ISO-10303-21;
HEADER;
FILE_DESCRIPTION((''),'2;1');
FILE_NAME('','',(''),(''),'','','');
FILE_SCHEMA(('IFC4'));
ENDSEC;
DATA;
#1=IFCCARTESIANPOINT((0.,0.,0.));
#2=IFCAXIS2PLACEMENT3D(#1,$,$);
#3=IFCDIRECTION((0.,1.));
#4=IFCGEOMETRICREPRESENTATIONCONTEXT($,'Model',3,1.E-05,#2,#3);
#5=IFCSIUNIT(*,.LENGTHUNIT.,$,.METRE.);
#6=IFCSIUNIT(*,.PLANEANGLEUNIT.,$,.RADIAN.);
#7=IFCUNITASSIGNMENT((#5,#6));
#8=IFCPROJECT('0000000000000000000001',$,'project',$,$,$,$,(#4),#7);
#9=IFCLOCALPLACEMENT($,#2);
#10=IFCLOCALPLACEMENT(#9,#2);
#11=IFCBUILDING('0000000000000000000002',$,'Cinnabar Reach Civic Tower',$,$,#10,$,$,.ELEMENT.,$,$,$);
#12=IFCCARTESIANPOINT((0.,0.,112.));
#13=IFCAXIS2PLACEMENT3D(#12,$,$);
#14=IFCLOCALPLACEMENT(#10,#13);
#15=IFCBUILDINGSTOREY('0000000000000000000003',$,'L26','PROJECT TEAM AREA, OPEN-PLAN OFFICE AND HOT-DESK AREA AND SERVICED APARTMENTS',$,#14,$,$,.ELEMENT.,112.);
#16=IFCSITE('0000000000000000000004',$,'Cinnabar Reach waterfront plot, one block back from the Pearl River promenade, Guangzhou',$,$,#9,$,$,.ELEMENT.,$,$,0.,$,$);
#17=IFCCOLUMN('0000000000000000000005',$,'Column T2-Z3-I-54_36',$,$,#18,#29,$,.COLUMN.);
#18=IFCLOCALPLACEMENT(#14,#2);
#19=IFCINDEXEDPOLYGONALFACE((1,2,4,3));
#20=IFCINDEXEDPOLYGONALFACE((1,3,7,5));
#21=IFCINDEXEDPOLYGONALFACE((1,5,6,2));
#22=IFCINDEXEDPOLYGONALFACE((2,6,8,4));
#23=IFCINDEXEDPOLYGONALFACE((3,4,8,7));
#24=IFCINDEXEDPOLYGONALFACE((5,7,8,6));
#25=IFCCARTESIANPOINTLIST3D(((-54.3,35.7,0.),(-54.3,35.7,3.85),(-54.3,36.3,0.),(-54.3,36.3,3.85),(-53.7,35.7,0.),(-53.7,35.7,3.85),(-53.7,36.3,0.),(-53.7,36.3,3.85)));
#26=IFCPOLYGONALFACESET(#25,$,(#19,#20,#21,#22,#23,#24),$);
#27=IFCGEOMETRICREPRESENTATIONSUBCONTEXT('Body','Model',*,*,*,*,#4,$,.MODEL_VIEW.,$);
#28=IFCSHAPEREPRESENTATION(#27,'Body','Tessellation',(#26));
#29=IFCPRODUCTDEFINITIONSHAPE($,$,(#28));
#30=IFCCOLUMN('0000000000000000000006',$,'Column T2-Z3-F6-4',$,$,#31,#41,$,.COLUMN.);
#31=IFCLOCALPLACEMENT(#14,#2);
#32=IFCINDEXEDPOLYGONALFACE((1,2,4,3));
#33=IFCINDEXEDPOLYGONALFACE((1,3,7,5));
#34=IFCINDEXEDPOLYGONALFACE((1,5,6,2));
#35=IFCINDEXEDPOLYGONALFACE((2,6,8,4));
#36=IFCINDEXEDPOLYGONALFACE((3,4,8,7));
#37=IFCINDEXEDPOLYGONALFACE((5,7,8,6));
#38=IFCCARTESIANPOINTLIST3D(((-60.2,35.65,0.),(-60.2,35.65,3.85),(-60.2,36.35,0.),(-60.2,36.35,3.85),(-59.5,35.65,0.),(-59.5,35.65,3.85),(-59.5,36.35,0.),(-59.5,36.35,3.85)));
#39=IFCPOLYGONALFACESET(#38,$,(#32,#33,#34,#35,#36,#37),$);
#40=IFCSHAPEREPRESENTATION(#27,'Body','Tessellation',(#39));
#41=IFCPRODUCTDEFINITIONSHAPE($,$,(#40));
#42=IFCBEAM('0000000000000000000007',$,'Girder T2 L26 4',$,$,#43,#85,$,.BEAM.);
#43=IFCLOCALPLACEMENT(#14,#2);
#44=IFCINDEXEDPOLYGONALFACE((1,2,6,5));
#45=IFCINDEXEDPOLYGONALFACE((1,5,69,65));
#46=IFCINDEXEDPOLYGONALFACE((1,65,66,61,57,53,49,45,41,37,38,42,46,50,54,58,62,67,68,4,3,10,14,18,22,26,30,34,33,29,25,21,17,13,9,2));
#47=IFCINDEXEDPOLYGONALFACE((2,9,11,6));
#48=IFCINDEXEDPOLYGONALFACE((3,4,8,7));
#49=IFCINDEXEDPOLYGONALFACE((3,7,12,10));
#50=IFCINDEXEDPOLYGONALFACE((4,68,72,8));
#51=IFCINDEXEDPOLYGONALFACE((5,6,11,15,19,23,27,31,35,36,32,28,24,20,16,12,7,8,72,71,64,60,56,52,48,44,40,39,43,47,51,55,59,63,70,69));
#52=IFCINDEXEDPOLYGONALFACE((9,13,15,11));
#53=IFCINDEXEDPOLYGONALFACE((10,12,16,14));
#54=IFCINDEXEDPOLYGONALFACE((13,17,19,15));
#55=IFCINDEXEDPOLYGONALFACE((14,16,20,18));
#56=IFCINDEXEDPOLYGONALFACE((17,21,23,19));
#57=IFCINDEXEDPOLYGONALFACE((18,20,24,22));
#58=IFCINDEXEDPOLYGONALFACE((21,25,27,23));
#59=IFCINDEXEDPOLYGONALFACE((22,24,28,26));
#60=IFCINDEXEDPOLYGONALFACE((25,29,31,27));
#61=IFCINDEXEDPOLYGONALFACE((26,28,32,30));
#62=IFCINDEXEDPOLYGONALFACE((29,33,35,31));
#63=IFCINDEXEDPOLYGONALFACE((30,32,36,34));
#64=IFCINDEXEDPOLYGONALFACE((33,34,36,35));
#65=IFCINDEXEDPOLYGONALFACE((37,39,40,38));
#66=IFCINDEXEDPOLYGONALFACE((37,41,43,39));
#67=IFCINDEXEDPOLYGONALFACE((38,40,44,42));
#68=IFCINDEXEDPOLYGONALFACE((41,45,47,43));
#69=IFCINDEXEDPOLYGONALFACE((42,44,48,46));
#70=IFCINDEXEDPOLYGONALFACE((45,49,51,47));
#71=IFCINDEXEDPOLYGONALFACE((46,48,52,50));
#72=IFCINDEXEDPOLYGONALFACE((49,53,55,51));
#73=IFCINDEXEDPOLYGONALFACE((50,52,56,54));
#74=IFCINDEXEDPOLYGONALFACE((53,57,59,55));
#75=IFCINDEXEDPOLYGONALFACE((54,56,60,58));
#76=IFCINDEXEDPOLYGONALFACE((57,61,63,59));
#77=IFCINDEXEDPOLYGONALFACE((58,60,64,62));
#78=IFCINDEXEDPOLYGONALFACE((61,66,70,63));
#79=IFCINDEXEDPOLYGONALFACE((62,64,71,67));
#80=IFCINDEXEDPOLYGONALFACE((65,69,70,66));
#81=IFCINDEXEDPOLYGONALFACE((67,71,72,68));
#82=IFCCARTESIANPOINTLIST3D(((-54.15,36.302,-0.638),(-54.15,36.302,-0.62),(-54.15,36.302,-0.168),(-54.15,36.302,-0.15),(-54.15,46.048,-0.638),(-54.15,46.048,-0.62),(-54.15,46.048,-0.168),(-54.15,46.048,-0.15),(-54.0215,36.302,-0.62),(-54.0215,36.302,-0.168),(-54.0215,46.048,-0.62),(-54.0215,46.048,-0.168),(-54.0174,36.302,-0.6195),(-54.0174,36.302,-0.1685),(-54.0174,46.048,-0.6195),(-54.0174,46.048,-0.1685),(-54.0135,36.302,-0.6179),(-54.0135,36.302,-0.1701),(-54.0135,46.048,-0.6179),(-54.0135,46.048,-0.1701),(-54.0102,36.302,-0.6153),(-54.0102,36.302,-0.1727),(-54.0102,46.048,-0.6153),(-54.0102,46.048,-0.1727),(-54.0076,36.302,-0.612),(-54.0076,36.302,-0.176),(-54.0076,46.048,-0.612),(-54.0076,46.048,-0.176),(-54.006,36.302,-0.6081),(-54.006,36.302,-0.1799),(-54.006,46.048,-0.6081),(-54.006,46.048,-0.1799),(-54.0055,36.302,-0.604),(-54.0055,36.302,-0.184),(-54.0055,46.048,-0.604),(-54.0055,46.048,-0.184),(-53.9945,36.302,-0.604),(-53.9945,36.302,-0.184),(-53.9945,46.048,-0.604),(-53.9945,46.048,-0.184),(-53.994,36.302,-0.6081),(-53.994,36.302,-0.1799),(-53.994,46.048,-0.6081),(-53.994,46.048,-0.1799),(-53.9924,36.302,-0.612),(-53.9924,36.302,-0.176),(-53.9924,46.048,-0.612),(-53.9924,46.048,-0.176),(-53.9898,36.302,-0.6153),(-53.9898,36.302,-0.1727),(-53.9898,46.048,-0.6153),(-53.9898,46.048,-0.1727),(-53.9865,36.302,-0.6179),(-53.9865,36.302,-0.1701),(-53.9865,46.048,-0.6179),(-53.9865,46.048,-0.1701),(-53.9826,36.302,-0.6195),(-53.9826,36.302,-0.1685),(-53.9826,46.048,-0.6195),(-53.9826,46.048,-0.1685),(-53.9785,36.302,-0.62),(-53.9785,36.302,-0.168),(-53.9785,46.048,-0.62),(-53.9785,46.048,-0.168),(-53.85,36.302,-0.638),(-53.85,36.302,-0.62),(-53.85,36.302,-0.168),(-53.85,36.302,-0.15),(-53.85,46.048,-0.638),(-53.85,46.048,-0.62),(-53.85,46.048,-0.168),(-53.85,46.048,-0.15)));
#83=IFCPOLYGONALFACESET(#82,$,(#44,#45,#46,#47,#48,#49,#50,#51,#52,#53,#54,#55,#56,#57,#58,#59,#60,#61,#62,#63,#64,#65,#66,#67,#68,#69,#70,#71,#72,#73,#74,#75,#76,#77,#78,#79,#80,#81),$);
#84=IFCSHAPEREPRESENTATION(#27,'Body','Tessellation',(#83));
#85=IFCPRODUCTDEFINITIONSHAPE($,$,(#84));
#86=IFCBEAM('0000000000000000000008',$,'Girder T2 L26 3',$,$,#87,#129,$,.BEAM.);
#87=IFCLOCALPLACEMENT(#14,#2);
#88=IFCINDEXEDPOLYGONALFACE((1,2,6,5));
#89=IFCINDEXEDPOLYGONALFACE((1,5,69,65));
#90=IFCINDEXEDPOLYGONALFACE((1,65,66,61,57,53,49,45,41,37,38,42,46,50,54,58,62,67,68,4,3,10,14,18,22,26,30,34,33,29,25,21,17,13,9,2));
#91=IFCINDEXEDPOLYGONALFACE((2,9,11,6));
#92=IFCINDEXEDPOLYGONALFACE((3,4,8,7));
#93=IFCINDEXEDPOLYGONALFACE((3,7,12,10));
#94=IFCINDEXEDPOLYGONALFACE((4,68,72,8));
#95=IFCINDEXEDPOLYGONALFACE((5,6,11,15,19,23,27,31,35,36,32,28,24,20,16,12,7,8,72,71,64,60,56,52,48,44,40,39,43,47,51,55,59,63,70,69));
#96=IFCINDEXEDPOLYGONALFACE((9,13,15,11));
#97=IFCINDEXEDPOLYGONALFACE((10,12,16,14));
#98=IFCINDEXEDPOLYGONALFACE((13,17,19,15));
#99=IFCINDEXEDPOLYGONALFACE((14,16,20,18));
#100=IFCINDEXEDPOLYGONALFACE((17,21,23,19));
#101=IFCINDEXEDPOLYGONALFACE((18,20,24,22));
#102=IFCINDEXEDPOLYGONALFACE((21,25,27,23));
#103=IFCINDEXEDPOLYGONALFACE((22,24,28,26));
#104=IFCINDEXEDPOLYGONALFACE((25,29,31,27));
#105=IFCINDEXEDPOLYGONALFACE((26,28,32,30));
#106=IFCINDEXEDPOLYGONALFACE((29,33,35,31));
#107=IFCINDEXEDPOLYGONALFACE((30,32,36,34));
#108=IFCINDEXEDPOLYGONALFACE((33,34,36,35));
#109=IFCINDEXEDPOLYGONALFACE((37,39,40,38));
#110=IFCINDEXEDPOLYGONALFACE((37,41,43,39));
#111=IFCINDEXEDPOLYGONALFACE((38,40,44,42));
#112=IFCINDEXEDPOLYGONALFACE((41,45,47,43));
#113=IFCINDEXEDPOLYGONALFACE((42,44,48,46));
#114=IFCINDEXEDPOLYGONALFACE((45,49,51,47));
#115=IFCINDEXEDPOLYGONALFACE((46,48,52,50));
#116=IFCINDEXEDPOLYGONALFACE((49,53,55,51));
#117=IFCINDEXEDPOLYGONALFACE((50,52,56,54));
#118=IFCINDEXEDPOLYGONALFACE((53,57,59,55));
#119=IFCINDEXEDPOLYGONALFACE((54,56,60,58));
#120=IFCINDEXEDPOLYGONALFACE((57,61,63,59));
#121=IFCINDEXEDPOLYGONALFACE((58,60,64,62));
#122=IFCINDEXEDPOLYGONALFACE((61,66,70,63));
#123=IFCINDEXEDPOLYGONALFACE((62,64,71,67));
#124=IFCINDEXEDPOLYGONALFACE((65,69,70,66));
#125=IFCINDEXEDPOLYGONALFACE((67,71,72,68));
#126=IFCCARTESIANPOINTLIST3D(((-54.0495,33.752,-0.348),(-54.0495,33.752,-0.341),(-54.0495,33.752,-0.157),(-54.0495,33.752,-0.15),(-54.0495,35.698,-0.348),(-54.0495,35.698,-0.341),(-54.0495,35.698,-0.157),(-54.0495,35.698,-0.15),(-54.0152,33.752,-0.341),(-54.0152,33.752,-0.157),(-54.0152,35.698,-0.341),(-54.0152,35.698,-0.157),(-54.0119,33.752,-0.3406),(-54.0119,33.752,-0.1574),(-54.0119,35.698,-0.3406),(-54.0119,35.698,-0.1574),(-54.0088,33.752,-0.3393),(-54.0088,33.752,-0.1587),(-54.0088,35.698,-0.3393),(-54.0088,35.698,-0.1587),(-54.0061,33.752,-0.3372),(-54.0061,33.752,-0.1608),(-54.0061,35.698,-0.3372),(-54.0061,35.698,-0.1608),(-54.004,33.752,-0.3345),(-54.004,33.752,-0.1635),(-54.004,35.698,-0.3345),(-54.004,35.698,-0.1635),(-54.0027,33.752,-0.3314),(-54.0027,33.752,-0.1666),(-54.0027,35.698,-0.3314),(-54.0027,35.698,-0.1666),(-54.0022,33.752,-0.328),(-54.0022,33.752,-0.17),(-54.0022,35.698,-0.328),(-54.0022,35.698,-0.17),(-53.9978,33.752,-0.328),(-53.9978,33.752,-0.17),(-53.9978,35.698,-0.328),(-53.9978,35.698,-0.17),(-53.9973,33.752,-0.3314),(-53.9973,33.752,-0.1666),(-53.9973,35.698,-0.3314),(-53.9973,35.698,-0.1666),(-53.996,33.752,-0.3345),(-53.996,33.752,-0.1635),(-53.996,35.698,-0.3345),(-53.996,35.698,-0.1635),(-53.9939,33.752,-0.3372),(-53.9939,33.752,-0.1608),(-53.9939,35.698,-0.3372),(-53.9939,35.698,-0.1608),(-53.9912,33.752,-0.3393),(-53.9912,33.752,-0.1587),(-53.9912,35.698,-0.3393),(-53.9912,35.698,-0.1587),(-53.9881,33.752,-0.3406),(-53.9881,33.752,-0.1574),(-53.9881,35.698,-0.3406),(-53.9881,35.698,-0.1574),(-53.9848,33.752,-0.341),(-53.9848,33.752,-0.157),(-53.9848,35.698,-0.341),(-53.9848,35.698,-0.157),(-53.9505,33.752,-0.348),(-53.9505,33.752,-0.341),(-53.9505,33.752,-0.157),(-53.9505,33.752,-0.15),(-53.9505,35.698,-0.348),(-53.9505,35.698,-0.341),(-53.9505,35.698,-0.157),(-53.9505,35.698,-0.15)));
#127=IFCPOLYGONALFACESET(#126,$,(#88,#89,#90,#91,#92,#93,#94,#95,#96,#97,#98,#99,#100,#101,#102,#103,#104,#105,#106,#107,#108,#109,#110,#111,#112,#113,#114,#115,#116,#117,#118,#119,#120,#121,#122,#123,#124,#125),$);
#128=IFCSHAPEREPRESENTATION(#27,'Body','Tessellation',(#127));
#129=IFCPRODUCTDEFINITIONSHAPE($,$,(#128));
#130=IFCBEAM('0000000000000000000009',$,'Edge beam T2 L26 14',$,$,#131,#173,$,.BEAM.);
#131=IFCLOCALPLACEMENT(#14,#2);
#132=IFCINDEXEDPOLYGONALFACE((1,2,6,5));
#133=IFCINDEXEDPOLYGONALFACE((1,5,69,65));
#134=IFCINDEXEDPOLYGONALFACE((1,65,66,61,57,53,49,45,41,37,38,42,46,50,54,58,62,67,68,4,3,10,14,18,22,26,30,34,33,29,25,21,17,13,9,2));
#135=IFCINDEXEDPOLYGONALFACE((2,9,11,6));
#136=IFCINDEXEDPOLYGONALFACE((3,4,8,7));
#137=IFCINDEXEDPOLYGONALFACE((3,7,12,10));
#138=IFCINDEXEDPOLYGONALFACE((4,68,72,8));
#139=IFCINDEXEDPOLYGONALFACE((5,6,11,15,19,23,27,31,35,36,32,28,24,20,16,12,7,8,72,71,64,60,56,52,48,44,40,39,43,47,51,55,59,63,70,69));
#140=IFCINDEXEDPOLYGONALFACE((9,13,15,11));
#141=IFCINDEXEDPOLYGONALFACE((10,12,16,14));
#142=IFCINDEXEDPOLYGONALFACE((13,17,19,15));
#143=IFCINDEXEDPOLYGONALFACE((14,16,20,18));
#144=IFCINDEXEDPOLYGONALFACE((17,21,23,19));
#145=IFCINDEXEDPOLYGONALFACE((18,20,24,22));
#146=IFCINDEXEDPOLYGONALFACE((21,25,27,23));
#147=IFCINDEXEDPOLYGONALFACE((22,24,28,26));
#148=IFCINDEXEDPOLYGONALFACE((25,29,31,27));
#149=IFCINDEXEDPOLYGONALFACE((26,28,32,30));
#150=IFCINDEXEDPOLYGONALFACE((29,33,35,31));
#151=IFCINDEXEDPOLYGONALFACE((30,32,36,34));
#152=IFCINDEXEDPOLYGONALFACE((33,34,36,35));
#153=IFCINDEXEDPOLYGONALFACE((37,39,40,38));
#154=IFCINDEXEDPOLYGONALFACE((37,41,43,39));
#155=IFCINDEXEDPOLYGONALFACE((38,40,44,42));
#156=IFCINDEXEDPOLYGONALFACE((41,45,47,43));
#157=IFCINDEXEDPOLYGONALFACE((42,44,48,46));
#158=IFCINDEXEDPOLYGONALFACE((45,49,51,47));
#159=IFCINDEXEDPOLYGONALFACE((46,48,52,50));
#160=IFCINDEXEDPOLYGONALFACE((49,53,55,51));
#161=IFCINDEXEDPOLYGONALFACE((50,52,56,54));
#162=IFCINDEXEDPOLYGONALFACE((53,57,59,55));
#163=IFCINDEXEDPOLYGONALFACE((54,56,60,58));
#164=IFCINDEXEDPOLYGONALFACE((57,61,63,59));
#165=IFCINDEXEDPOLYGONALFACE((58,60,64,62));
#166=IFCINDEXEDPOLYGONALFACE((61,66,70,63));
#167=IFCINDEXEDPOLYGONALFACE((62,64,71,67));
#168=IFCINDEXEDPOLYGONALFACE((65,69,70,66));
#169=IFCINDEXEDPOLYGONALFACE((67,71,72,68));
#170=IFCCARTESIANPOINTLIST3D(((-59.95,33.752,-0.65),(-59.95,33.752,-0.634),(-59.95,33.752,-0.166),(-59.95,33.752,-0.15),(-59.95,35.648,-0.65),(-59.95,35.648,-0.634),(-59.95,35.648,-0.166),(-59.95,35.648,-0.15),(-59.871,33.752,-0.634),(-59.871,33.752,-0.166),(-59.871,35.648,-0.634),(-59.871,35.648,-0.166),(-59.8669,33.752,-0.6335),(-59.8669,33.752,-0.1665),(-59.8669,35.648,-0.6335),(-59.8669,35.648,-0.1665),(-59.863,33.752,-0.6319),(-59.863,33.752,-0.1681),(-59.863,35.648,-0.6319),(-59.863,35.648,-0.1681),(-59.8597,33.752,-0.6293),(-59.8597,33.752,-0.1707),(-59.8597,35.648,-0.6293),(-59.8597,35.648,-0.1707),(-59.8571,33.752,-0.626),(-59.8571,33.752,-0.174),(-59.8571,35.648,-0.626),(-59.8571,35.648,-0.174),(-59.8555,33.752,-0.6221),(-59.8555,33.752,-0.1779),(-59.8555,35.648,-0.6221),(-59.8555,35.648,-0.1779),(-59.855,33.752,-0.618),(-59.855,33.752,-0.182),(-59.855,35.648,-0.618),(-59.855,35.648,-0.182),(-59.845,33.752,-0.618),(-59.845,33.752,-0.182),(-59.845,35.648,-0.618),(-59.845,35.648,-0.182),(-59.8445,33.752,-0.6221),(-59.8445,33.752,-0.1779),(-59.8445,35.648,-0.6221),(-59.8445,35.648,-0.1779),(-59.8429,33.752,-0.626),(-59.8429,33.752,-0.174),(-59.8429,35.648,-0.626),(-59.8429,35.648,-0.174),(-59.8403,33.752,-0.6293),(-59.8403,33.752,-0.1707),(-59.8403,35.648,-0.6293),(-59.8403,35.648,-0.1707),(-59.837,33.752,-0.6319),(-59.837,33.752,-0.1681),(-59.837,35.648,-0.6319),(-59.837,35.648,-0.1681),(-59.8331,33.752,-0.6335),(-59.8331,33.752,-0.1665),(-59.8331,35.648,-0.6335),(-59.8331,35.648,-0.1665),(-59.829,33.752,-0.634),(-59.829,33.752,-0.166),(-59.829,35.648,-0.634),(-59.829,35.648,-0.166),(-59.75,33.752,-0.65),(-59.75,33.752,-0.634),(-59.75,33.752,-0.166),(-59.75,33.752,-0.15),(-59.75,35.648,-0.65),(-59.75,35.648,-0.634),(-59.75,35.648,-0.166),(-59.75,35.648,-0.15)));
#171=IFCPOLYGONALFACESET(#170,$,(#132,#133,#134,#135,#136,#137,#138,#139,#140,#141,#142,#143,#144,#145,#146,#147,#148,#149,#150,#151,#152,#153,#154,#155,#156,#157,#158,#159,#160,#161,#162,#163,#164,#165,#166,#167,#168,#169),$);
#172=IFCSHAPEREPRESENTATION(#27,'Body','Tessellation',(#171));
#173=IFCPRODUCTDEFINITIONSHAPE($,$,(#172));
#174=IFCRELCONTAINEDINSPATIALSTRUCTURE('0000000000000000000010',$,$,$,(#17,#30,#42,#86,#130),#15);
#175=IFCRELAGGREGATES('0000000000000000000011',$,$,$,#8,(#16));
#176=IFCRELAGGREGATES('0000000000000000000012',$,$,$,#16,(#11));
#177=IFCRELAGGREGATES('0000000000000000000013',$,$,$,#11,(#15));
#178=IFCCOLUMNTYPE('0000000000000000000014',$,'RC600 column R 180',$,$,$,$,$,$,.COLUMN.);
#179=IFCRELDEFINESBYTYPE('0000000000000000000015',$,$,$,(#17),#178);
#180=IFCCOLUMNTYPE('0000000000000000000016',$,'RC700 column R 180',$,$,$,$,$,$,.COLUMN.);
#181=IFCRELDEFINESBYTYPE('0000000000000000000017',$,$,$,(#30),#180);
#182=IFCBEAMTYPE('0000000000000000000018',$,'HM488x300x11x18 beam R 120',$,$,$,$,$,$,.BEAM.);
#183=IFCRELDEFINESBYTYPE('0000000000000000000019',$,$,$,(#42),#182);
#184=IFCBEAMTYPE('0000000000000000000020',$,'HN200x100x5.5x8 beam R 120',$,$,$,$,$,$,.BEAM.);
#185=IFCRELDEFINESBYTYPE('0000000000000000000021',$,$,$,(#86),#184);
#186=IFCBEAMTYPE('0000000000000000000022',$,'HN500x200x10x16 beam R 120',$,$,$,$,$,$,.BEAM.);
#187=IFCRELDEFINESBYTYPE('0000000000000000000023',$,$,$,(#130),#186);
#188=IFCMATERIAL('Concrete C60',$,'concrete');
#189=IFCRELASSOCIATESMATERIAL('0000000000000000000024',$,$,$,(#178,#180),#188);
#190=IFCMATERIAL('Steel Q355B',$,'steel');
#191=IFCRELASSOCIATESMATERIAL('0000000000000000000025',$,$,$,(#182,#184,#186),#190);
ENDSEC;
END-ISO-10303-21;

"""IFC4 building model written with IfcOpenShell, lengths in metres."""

from ifc_helpers import new_model, si_unit, direction, frame, origin, origin_2d, place, context, subcontext, project, spatial, rectangle, i_section, extrude, material, material_profile, profile_set, type_object, element, save


model = new_model("IFC4")

# Units and contexts
model_context = context("Model", 3, precision=1e-05, world=origin(), true_north=direction((0.0, 1.0)))
body_context = subcontext(model_context, "Body", "Model", "MODEL_VIEW")
ifc_project = project(units=[si_unit("LENGTHUNIT", "METRE"), si_unit("PLANEANGLEUNIT", "RADIAN")], contexts=[model_context])

# Site, building, storey
site_placement = place(None, origin())
site = spatial("IfcSite", under=ifc_project, at=site_placement, Name="Cinnabar Reach waterfront plot, one block back from the Pearl River promenade, Guangzhou", CompositionType="ELEMENT", RefElevation=0.0)
building_placement = place(site_placement, origin())
building = spatial("IfcBuilding", under=site, at=building_placement, Name="Cinnabar Reach Civic Tower", CompositionType="ELEMENT")
storey_placement = place(building_placement, frame((0.0, 0.0, 112.0)))
storey = spatial("IfcBuildingStorey", under=building, at=storey_placement, Name="L26", Description="PROJECT TEAM AREA, OPEN-PLAN OFFICE AND HOT-DESK AREA AND SERVICED APARTMENTS", CompositionType="ELEMENT", Elevation=112.0)

# Columns
ifc_material_1 = material(Name="Concrete C60", Category="concrete")
ifc_material_profile_1 = material_profile(ifc_material_1, rectangle(XDim=0.6, YDim=0.6, at=origin_2d()), Name="RC600")
ifc_profile_set_1 = profile_set([ifc_material_profile_1], Name="Concrete C60")
column_type_1 = type_object("IfcColumnType", Name="RC600 column R 180", PredefinedType="COLUMN", material=ifc_profile_set_1)
column_1_placement = place(storey_placement, frame((-54.0, 36.0, 0.0), z_axis=(0.0, 0.0, 1.0), x_axis=(1.0, 0.0, 0.0)))
element("IfcColumn", 1, at=column_1_placement, inside=storey, type_object=column_type_1, Name="Column T2-Z3-I-54_36", PredefinedType="COLUMN", context=body_context, shape_type="SweptSolid", body=[
    extrude(rectangle(XDim=0.6, YDim=0.6, at=origin_2d()), origin(), (0.0, 0.0, 1.0), 3.85),
])
ifc_material_profile_2 = material_profile(ifc_material_1, rectangle(XDim=0.7, YDim=0.7, at=origin_2d()), Name="RC700")
ifc_profile_set_2 = profile_set([ifc_material_profile_2], Name="Concrete C60")
column_type_2 = type_object("IfcColumnType", Name="RC700 column R 180", PredefinedType="COLUMN", material=ifc_profile_set_2)
column_2_placement = place(storey_placement, frame((-59.85, 36.0, 0.0), z_axis=(0.0, 0.0, 1.0), x_axis=(1.0, 0.0, 0.0)))
element("IfcColumn", 2, at=column_2_placement, inside=storey, type_object=column_type_2, Name="Column T2-Z3-F6-4", PredefinedType="COLUMN", context=body_context, shape_type="SweptSolid", body=[
    extrude(rectangle(XDim=0.7, YDim=0.7, at=origin_2d()), origin(), (0.0, 0.0, 1.0), 3.85),
])

# Beams
ifc_material_2 = material(Name="Steel Q355B", Category="steel")
ifc_material_profile_3 = material_profile(ifc_material_2, i_section(OverallWidth=0.3, OverallDepth=0.488, WebThickness=0.011, FlangeThickness=0.018, FilletRadius=0.016, at=origin_2d()), Name="HM488x300x11x18")
ifc_profile_set_3 = profile_set([ifc_material_profile_3], Name="Steel Q355B")
beam_type_1 = type_object("IfcBeamType", Name="HM488x300x11x18 beam R 120", PredefinedType="BEAM", material=ifc_profile_set_3)
beam_1_placement = place(storey_placement, frame((-54.0, 36.302, -0.394), z_axis=(0.0, 1.0, 0.0), x_axis=(-1.0, 0.0, 0.0)))
element("IfcBeam", 3, at=beam_1_placement, inside=storey, type_object=beam_type_1, Name="Girder T2 L26 4", PredefinedType="BEAM", context=body_context, shape_type="SweptSolid", body=[
    extrude(i_section(OverallWidth=0.3, OverallDepth=0.488, WebThickness=0.011, FlangeThickness=0.018, FilletRadius=0.016, at=origin_2d()), origin(), (0.0, 0.0, 1.0), 9.746),
])
ifc_material_profile_4 = material_profile(ifc_material_2, i_section(OverallWidth=0.099, OverallDepth=0.198, WebThickness=0.0045, FlangeThickness=0.007, FilletRadius=0.013, at=origin_2d()), Name="HN200x100x5.5x8")
ifc_profile_set_4 = profile_set([ifc_material_profile_4], Name="Steel Q355B")
beam_type_2 = type_object("IfcBeamType", Name="HN200x100x5.5x8 beam R 120", PredefinedType="BEAM", material=ifc_profile_set_4)
beam_2_placement = place(storey_placement, frame((-54.0, 33.752, -0.249), z_axis=(0.0, 1.0, 0.0), x_axis=(-1.0, 0.0, 0.0)))
element("IfcBeam", 4, at=beam_2_placement, inside=storey, type_object=beam_type_2, Name="Girder T2 L26 3", PredefinedType="BEAM", context=body_context, shape_type="SweptSolid", body=[
    extrude(i_section(OverallWidth=0.099, OverallDepth=0.198, WebThickness=0.0045, FlangeThickness=0.007, FilletRadius=0.013, at=origin_2d()), origin(), (0.0, 0.0, 1.0), 1.946),
])
ifc_material_profile_5 = material_profile(ifc_material_2, i_section(OverallWidth=0.2, OverallDepth=0.5, WebThickness=0.01, FlangeThickness=0.016, FilletRadius=0.016, at=origin_2d()), Name="HN500x200x10x16")
ifc_profile_set_5 = profile_set([ifc_material_profile_5], Name="Steel Q355B")
beam_type_3 = type_object("IfcBeamType", Name="HN500x200x10x16 beam R 120", PredefinedType="BEAM", material=ifc_profile_set_5)
beam_3_placement = place(storey_placement, frame((-59.85, 35.648, -0.4), z_axis=(0.0, -1.0, 0.0), x_axis=(1.0, 0.0, 0.0)))
element("IfcBeam", 5, at=beam_3_placement, inside=storey, type_object=beam_type_3, Name="Edge beam T2 L26 14", PredefinedType="BEAM", context=body_context, shape_type="SweptSolid", body=[
    extrude(i_section(OverallWidth=0.2, OverallDepth=0.5, WebThickness=0.01, FlangeThickness=0.016, FilletRadius=0.016, at=origin_2d()), origin(), (0.0, 0.0, 1.0), 1.896),
])

save(model, "model.ifc")
